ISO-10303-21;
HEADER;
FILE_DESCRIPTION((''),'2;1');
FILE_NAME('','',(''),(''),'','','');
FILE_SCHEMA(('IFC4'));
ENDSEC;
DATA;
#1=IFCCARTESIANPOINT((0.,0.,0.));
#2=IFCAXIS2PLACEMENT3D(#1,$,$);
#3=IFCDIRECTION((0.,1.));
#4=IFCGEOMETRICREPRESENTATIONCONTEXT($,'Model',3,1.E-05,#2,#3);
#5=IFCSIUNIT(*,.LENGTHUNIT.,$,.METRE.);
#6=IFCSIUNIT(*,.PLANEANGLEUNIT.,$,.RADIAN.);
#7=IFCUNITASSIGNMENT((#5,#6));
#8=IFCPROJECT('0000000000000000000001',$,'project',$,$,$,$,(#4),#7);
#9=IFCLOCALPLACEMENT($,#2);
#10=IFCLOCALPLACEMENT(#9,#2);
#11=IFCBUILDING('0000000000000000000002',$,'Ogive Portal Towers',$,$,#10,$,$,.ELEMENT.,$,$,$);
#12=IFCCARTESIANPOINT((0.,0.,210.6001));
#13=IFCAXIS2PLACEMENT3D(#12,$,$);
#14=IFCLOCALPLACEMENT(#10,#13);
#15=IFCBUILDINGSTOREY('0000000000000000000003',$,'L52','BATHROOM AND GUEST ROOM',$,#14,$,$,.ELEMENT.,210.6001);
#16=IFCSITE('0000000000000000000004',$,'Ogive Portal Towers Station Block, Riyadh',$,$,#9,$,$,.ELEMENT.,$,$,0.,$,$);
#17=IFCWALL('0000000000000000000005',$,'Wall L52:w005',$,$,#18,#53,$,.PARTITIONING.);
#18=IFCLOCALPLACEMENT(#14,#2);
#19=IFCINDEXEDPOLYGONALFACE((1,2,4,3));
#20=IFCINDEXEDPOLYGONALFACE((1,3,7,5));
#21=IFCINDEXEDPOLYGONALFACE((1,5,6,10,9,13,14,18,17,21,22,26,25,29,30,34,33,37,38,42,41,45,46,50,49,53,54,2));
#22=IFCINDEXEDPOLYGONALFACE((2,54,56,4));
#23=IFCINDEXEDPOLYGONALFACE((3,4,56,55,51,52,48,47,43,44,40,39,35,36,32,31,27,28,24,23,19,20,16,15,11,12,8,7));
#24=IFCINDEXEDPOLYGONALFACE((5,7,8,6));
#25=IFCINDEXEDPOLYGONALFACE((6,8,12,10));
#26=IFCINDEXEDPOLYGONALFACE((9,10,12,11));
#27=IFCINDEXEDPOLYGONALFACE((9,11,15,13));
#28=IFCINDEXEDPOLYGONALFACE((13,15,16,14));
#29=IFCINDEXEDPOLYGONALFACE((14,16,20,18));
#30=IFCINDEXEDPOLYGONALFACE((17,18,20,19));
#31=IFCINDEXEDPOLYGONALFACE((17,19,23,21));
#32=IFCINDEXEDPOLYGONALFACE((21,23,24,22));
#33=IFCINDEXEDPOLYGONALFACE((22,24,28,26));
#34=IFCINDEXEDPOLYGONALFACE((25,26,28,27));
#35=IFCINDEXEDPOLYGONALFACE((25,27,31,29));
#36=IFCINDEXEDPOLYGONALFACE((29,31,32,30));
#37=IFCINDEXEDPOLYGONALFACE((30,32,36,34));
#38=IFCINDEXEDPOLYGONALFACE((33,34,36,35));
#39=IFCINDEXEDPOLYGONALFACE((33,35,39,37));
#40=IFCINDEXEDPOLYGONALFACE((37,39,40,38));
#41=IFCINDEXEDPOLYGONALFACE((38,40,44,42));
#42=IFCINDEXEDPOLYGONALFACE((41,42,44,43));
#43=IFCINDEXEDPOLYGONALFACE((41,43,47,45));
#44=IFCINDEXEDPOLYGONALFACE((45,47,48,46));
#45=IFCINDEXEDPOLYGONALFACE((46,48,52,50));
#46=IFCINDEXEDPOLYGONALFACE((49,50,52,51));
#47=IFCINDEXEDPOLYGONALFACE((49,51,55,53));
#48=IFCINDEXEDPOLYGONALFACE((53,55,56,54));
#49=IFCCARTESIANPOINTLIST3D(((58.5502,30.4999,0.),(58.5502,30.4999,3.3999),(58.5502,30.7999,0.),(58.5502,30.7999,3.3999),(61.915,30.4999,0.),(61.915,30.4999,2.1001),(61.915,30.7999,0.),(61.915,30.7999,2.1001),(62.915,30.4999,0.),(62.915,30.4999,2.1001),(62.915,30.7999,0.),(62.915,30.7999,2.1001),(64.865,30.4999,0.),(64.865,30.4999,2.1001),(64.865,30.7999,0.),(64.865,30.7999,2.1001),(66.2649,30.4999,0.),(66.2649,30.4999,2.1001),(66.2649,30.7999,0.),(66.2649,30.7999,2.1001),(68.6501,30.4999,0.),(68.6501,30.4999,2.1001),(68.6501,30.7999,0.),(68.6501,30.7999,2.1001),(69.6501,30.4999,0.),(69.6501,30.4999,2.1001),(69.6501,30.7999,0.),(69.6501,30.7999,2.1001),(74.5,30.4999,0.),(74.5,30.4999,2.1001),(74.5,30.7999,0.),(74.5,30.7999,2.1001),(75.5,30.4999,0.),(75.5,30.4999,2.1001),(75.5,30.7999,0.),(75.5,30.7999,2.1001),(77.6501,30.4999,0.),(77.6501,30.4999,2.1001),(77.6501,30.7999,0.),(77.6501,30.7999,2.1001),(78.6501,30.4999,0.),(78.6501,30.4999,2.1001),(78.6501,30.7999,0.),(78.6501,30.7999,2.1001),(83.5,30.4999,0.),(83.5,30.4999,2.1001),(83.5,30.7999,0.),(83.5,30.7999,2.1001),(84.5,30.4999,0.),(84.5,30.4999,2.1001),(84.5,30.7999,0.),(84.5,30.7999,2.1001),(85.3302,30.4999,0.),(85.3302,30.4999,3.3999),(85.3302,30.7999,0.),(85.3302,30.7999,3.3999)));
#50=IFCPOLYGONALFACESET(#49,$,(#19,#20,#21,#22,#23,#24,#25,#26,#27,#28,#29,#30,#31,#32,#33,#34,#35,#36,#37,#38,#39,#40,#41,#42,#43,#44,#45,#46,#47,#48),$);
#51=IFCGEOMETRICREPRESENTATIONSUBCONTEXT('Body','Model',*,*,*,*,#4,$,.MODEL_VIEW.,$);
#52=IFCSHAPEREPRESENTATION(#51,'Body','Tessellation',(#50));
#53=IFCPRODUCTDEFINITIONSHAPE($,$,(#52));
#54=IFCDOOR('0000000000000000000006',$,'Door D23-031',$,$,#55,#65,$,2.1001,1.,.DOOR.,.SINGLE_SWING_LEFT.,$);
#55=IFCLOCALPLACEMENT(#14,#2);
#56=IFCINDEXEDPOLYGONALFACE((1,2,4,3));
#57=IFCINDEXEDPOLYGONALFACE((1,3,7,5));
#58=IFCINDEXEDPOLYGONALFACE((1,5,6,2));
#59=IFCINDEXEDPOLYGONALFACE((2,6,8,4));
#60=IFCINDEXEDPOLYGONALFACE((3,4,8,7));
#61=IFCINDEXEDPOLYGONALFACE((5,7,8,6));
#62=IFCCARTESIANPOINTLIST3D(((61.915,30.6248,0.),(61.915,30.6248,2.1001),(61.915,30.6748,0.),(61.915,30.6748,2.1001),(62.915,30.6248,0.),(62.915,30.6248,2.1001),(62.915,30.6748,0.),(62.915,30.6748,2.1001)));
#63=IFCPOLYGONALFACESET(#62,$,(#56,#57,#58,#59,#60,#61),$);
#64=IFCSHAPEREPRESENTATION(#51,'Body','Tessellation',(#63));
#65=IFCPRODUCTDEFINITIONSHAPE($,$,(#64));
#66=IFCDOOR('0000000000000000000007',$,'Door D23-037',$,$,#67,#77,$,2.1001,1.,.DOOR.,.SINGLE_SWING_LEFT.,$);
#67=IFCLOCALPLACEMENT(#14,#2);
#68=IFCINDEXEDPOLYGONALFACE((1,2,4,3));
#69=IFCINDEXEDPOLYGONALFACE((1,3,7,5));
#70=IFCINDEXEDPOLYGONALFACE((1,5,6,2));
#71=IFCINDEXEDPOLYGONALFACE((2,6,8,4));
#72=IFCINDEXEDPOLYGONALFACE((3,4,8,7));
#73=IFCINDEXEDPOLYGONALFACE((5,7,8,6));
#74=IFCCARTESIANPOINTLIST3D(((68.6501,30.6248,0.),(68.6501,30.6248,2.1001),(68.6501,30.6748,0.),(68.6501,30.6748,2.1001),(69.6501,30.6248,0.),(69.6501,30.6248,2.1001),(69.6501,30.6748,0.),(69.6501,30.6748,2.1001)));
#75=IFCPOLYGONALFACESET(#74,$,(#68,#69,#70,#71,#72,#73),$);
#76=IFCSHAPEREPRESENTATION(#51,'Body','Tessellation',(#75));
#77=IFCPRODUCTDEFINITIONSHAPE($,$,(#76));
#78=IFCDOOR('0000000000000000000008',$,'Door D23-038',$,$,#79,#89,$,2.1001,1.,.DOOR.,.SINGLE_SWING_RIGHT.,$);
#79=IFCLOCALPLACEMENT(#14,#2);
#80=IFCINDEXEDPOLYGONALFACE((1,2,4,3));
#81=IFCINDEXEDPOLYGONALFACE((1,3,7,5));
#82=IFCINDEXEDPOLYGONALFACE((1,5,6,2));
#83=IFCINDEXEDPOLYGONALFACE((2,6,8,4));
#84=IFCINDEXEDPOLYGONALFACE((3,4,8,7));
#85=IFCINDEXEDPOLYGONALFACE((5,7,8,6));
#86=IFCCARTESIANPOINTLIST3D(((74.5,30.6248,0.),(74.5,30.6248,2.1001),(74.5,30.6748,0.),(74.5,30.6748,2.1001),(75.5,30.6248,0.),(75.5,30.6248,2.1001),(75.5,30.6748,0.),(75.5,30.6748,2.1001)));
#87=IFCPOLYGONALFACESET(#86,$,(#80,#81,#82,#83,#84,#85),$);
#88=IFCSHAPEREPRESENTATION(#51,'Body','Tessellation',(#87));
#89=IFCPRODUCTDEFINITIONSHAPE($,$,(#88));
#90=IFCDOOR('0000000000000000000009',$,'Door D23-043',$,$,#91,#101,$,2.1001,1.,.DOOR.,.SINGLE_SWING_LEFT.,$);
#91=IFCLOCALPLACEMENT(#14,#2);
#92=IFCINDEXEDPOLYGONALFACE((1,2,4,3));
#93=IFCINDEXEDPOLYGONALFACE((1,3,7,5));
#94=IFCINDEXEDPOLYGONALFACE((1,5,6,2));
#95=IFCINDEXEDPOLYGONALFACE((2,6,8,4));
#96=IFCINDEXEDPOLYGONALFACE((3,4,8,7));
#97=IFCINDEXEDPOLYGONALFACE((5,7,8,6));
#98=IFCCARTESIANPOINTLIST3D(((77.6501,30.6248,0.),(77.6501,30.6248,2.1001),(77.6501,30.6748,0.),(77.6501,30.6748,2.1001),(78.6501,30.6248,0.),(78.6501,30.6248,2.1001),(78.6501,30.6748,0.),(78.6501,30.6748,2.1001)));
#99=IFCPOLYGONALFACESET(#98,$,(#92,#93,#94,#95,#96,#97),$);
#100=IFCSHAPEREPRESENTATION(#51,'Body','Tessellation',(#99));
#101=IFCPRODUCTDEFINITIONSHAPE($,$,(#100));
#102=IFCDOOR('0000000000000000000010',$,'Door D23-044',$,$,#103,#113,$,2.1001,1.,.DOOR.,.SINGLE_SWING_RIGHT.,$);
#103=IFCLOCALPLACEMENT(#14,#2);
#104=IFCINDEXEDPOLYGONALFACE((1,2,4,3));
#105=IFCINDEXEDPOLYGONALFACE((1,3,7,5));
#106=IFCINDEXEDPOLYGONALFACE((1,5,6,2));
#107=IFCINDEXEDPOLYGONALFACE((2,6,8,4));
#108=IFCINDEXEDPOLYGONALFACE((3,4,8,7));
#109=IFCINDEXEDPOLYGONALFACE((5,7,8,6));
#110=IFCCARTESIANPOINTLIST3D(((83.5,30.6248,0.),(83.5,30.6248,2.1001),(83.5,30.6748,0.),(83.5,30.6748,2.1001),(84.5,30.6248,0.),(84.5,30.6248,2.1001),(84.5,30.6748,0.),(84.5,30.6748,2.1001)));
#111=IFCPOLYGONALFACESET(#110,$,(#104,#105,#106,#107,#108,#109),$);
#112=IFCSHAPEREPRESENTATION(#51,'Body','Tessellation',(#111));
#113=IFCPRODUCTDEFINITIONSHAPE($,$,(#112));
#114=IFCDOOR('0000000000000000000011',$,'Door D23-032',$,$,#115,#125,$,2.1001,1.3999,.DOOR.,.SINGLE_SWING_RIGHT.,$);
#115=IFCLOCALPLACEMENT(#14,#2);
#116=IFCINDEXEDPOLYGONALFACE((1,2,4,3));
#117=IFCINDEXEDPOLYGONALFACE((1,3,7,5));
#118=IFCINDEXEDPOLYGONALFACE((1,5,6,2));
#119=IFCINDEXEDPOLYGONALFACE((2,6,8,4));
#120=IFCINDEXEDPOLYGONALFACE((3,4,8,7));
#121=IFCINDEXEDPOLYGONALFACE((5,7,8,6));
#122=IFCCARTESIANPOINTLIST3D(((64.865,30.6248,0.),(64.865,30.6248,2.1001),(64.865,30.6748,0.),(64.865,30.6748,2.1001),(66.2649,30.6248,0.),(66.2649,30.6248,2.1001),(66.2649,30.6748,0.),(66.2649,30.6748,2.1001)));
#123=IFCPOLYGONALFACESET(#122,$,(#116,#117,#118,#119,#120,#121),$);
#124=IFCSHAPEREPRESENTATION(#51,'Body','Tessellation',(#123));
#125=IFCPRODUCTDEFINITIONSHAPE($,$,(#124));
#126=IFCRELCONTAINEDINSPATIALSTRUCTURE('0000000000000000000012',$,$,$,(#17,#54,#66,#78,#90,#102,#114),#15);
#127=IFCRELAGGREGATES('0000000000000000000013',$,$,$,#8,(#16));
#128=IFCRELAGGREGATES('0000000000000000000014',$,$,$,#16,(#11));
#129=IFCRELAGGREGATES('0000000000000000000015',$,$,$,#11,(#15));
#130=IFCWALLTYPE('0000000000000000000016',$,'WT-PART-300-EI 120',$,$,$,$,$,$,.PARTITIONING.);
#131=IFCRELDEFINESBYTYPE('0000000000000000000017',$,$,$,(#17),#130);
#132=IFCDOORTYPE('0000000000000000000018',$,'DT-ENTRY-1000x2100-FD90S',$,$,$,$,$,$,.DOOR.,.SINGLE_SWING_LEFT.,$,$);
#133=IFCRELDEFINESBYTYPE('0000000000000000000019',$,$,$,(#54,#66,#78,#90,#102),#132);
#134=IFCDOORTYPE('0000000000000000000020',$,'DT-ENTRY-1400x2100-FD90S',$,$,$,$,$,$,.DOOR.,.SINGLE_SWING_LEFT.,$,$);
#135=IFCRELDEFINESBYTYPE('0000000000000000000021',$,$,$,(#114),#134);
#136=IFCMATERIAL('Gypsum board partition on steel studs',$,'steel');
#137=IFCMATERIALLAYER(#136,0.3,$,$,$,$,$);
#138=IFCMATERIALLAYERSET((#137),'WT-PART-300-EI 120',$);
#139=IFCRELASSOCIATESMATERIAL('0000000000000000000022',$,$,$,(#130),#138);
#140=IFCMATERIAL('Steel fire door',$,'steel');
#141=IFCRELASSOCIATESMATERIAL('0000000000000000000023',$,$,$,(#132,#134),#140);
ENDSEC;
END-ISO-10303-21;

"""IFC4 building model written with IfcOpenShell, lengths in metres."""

from ifc_helpers import new_model, si_unit, direction, frame, frame_2d, origin, place, context, subcontext, project, spatial, rectangle, extrude, material, layer, layer_set, type_object, element, fill, save


model = new_model("IFC4")

# Units and contexts
model_context = context("Model", 3, precision=1e-05, world=origin(), true_north=direction((0.0, 1.0)))
body_context = subcontext(model_context, "Body", "Model", "MODEL_VIEW")
ifc_project = project(units=[si_unit("LENGTHUNIT", "METRE"), si_unit("PLANEANGLEUNIT", "RADIAN")], contexts=[model_context])

# Site, building, storey
site_placement = place(None, origin())
site = spatial("IfcSite", under=ifc_project, at=site_placement, Name="Ogive Portal Towers Station Block, Riyadh", CompositionType="ELEMENT", RefElevation=0.0)
building_placement = place(site_placement, origin())
building = spatial("IfcBuilding", under=site, at=building_placement, Name="Ogive Portal Towers", CompositionType="ELEMENT")
storey_placement = place(building_placement, frame((0.0, 0.0, 210.6001)))
storey = spatial("IfcBuildingStorey", under=building, at=storey_placement, Name="L52", Description="BATHROOM AND GUEST ROOM", CompositionType="ELEMENT", Elevation=210.6001)

# Wall, openings, doors
ifc_material_1 = material(Name="Gypsum board partition on steel studs", Category="steel")
ifc_layer_1 = layer(ifc_material_1, 0.3)
ifc_layer_set_1 = layer_set([ifc_layer_1], Name="WT-PART-300-EI 120")
wall_type_1 = type_object("IfcWallType", Name="WT-PART-300-EI 120", PredefinedType="PARTITIONING", material=ifc_layer_set_1)
wall_1_placement = place(storey_placement, frame((58.55, 30.6499, 0.0), z_axis=(0.0, 0.0, 1.0), x_axis=(1.0, 0.0, 0.0)))
wall_1 = element("IfcWall", 1, at=wall_1_placement, inside=storey, type_object=wall_type_1, Name="Wall L52:w005", PredefinedType="PARTITIONING", context=body_context, shape_type="SweptSolid", body=[
    extrude(rectangle(XDim=26.78, YDim=0.3, at=frame_2d((13.3901, 0.0))), origin(), (0.0, 0.0, 1.0), 3.3999),
])
opening_1_placement = place(wall_1_placement, frame((3.365, 0.0, 0.0)))
opening_1 = element("IfcOpeningElement", 2, at=opening_1_placement, cuts=wall_1, PredefinedType="OPENING", context=body_context, shape_type="SweptSolid", body=[
    extrude(rectangle(XDim=1.0, YDim=2.1001, at=frame_2d((0.5, 1.05))), frame((0.0, 0.1602, 0.0), z_axis=(0.0, -1.0, 0.0), x_axis=(1.0, 0.0, 0.0)), (0.0, 0.0, 1.0), 0.3201),
])
opening_2_placement = place(wall_1_placement, frame((6.3149, 0.0, 0.0)))
opening_2 = element("IfcOpeningElement", 3, at=opening_2_placement, cuts=wall_1, PredefinedType="OPENING", context=body_context, shape_type="SweptSolid", body=[
    extrude(rectangle(XDim=1.3999, YDim=2.1001, at=frame_2d((0.7, 1.05))), frame((0.0, 0.1602, 0.0), z_axis=(0.0, -1.0, 0.0), x_axis=(1.0, 0.0, 0.0)), (0.0, 0.0, 1.0), 0.3201),
])
opening_3_placement = place(wall_1_placement, frame((10.1001, 0.0, 0.0)))
opening_3 = element("IfcOpeningElement", 4, at=opening_3_placement, cuts=wall_1, PredefinedType="OPENING", context=body_context, shape_type="SweptSolid", body=[
    extrude(rectangle(XDim=1.0, YDim=2.1001, at=frame_2d((0.5, 1.05))), frame((0.0, 0.1602, 0.0), z_axis=(0.0, -1.0, 0.0), x_axis=(1.0, 0.0, 0.0)), (0.0, 0.0, 1.0), 0.3201),
])
opening_4_placement = place(wall_1_placement, frame((15.95, 0.0, 0.0)))
opening_4 = element("IfcOpeningElement", 5, at=opening_4_placement, cuts=wall_1, PredefinedType="OPENING", context=body_context, shape_type="SweptSolid", body=[
    extrude(rectangle(XDim=1.0, YDim=2.1001, at=frame_2d((0.5, 1.05))), frame((0.0, 0.1602, 0.0), z_axis=(0.0, -1.0, 0.0), x_axis=(1.0, 0.0, 0.0)), (0.0, 0.0, 1.0), 0.3201),
])
opening_5_placement = place(wall_1_placement, frame((19.1001, 0.0, 0.0)))
opening_5 = element("IfcOpeningElement", 6, at=opening_5_placement, cuts=wall_1, PredefinedType="OPENING", context=body_context, shape_type="SweptSolid", body=[
    extrude(rectangle(XDim=1.0, YDim=2.1001, at=frame_2d((0.5, 1.05))), frame((0.0, 0.1602, 0.0), z_axis=(0.0, -1.0, 0.0), x_axis=(1.0, 0.0, 0.0)), (0.0, 0.0, 1.0), 0.3201),
])
opening_6_placement = place(wall_1_placement, frame((24.95, 0.0, 0.0)))
opening_6 = element("IfcOpeningElement", 7, at=opening_6_placement, cuts=wall_1, PredefinedType="OPENING", context=body_context, shape_type="SweptSolid", body=[
    extrude(rectangle(XDim=1.0, YDim=2.1001, at=frame_2d((0.5, 1.05))), frame((0.0, 0.1602, 0.0), z_axis=(0.0, -1.0, 0.0), x_axis=(1.0, 0.0, 0.0)), (0.0, 0.0, 1.0), 0.3201),
])
ifc_material_2 = material(Name="Steel fire door", Category="steel")
door_type_1 = type_object("IfcDoorType", Name="DT-ENTRY-1000x2100-FD90S", OperationType="SINGLE_SWING_LEFT", PredefinedType="DOOR", material=ifc_material_2)
door_1_placement = place(opening_1_placement, origin())
door_1 = element("IfcDoor", 8, at=door_1_placement, inside=storey, type_object=door_type_1, Name="Door D23-031", OperationType="SINGLE_SWING_LEFT", OverallHeight=2.1001, OverallWidth=1.0, PredefinedType="DOOR", context=body_context, shape_type="SweptSolid", body=[
    extrude(rectangle(XDim=1.0, YDim=2.1001, at=frame_2d((0.5, 1.05))), frame((0.0, 0.0249, 0.0), z_axis=(0.0, -1.0, 0.0), x_axis=(1.0, 0.0, 0.0)), (0.0, 0.0, 1.0), 0.05),
])
fill(opening_1, door_1)
door_2_placement = place(opening_3_placement, origin())
door_2 = element("IfcDoor", 9, at=door_2_placement, inside=storey, type_object=door_type_1, Name="Door D23-037", OperationType="SINGLE_SWING_LEFT", OverallHeight=2.1001, OverallWidth=1.0, PredefinedType="DOOR", context=body_context, shape_type="SweptSolid", body=[
    extrude(rectangle(XDim=1.0, YDim=2.1001, at=frame_2d((0.5, 1.05))), frame((0.0, 0.0249, 0.0), z_axis=(0.0, -1.0, 0.0), x_axis=(1.0, 0.0, 0.0)), (0.0, 0.0, 1.0), 0.05),
])
fill(opening_3, door_2)
door_3_placement = place(opening_4_placement, origin())
door_3 = element("IfcDoor", 10, at=door_3_placement, inside=storey, type_object=door_type_1, Name="Door D23-038", OperationType="SINGLE_SWING_RIGHT", OverallHeight=2.1001, OverallWidth=1.0, PredefinedType="DOOR", context=body_context, shape_type="SweptSolid", body=[
    extrude(rectangle(XDim=1.0, YDim=2.1001, at=frame_2d((0.5, 1.05))), frame((0.0, 0.0249, 0.0), z_axis=(0.0, -1.0, 0.0), x_axis=(1.0, 0.0, 0.0)), (0.0, 0.0, 1.0), 0.05),
])
fill(opening_4, door_3)
door_4_placement = place(opening_5_placement, origin())
door_4 = element("IfcDoor", 11, at=door_4_placement, inside=storey, type_object=door_type_1, Name="Door D23-043", OperationType="SINGLE_SWING_LEFT", OverallHeight=2.1001, OverallWidth=1.0, PredefinedType="DOOR", context=body_context, shape_type="SweptSolid", body=[
    extrude(rectangle(XDim=1.0, YDim=2.1001, at=frame_2d((0.5, 1.05))), frame((0.0, 0.0249, 0.0), z_axis=(0.0, -1.0, 0.0), x_axis=(1.0, 0.0, 0.0)), (0.0, 0.0, 1.0), 0.05),
])
fill(opening_5, door_4)
door_5_placement = place(opening_6_placement, origin())
door_5 = element("IfcDoor", 12, at=door_5_placement, inside=storey, type_object=door_type_1, Name="Door D23-044", OperationType="SINGLE_SWING_RIGHT", OverallHeight=2.1001, OverallWidth=1.0, PredefinedType="DOOR", context=body_context, shape_type="SweptSolid", body=[
    extrude(rectangle(XDim=1.0, YDim=2.1001, at=frame_2d((0.5, 1.05))), frame((0.0, 0.0249, 0.0), z_axis=(0.0, -1.0, 0.0), x_axis=(1.0, 0.0, 0.0)), (0.0, 0.0, 1.0), 0.05),
])
fill(opening_6, door_5)
door_type_2 = type_object("IfcDoorType", Name="DT-ENTRY-1400x2100-FD90S", OperationType="SINGLE_SWING_LEFT", PredefinedType="DOOR", material=ifc_material_2)
door_6_placement = place(opening_2_placement, origin())
door_6 = element("IfcDoor", 13, at=door_6_placement, inside=storey, type_object=door_type_2, Name="Door D23-032", OperationType="SINGLE_SWING_RIGHT", OverallHeight=2.1001, OverallWidth=1.3999, PredefinedType="DOOR", context=body_context, shape_type="SweptSolid", body=[
    extrude(rectangle(XDim=1.3999, YDim=2.1001, at=frame_2d((0.7, 1.05))), frame((0.0, 0.0249, 0.0), z_axis=(0.0, -1.0, 0.0), x_axis=(1.0, 0.0, 0.0)), (0.0, 0.0, 1.0), 0.05),
])
fill(opening_2, door_6)

save(model, "model.ifc")
